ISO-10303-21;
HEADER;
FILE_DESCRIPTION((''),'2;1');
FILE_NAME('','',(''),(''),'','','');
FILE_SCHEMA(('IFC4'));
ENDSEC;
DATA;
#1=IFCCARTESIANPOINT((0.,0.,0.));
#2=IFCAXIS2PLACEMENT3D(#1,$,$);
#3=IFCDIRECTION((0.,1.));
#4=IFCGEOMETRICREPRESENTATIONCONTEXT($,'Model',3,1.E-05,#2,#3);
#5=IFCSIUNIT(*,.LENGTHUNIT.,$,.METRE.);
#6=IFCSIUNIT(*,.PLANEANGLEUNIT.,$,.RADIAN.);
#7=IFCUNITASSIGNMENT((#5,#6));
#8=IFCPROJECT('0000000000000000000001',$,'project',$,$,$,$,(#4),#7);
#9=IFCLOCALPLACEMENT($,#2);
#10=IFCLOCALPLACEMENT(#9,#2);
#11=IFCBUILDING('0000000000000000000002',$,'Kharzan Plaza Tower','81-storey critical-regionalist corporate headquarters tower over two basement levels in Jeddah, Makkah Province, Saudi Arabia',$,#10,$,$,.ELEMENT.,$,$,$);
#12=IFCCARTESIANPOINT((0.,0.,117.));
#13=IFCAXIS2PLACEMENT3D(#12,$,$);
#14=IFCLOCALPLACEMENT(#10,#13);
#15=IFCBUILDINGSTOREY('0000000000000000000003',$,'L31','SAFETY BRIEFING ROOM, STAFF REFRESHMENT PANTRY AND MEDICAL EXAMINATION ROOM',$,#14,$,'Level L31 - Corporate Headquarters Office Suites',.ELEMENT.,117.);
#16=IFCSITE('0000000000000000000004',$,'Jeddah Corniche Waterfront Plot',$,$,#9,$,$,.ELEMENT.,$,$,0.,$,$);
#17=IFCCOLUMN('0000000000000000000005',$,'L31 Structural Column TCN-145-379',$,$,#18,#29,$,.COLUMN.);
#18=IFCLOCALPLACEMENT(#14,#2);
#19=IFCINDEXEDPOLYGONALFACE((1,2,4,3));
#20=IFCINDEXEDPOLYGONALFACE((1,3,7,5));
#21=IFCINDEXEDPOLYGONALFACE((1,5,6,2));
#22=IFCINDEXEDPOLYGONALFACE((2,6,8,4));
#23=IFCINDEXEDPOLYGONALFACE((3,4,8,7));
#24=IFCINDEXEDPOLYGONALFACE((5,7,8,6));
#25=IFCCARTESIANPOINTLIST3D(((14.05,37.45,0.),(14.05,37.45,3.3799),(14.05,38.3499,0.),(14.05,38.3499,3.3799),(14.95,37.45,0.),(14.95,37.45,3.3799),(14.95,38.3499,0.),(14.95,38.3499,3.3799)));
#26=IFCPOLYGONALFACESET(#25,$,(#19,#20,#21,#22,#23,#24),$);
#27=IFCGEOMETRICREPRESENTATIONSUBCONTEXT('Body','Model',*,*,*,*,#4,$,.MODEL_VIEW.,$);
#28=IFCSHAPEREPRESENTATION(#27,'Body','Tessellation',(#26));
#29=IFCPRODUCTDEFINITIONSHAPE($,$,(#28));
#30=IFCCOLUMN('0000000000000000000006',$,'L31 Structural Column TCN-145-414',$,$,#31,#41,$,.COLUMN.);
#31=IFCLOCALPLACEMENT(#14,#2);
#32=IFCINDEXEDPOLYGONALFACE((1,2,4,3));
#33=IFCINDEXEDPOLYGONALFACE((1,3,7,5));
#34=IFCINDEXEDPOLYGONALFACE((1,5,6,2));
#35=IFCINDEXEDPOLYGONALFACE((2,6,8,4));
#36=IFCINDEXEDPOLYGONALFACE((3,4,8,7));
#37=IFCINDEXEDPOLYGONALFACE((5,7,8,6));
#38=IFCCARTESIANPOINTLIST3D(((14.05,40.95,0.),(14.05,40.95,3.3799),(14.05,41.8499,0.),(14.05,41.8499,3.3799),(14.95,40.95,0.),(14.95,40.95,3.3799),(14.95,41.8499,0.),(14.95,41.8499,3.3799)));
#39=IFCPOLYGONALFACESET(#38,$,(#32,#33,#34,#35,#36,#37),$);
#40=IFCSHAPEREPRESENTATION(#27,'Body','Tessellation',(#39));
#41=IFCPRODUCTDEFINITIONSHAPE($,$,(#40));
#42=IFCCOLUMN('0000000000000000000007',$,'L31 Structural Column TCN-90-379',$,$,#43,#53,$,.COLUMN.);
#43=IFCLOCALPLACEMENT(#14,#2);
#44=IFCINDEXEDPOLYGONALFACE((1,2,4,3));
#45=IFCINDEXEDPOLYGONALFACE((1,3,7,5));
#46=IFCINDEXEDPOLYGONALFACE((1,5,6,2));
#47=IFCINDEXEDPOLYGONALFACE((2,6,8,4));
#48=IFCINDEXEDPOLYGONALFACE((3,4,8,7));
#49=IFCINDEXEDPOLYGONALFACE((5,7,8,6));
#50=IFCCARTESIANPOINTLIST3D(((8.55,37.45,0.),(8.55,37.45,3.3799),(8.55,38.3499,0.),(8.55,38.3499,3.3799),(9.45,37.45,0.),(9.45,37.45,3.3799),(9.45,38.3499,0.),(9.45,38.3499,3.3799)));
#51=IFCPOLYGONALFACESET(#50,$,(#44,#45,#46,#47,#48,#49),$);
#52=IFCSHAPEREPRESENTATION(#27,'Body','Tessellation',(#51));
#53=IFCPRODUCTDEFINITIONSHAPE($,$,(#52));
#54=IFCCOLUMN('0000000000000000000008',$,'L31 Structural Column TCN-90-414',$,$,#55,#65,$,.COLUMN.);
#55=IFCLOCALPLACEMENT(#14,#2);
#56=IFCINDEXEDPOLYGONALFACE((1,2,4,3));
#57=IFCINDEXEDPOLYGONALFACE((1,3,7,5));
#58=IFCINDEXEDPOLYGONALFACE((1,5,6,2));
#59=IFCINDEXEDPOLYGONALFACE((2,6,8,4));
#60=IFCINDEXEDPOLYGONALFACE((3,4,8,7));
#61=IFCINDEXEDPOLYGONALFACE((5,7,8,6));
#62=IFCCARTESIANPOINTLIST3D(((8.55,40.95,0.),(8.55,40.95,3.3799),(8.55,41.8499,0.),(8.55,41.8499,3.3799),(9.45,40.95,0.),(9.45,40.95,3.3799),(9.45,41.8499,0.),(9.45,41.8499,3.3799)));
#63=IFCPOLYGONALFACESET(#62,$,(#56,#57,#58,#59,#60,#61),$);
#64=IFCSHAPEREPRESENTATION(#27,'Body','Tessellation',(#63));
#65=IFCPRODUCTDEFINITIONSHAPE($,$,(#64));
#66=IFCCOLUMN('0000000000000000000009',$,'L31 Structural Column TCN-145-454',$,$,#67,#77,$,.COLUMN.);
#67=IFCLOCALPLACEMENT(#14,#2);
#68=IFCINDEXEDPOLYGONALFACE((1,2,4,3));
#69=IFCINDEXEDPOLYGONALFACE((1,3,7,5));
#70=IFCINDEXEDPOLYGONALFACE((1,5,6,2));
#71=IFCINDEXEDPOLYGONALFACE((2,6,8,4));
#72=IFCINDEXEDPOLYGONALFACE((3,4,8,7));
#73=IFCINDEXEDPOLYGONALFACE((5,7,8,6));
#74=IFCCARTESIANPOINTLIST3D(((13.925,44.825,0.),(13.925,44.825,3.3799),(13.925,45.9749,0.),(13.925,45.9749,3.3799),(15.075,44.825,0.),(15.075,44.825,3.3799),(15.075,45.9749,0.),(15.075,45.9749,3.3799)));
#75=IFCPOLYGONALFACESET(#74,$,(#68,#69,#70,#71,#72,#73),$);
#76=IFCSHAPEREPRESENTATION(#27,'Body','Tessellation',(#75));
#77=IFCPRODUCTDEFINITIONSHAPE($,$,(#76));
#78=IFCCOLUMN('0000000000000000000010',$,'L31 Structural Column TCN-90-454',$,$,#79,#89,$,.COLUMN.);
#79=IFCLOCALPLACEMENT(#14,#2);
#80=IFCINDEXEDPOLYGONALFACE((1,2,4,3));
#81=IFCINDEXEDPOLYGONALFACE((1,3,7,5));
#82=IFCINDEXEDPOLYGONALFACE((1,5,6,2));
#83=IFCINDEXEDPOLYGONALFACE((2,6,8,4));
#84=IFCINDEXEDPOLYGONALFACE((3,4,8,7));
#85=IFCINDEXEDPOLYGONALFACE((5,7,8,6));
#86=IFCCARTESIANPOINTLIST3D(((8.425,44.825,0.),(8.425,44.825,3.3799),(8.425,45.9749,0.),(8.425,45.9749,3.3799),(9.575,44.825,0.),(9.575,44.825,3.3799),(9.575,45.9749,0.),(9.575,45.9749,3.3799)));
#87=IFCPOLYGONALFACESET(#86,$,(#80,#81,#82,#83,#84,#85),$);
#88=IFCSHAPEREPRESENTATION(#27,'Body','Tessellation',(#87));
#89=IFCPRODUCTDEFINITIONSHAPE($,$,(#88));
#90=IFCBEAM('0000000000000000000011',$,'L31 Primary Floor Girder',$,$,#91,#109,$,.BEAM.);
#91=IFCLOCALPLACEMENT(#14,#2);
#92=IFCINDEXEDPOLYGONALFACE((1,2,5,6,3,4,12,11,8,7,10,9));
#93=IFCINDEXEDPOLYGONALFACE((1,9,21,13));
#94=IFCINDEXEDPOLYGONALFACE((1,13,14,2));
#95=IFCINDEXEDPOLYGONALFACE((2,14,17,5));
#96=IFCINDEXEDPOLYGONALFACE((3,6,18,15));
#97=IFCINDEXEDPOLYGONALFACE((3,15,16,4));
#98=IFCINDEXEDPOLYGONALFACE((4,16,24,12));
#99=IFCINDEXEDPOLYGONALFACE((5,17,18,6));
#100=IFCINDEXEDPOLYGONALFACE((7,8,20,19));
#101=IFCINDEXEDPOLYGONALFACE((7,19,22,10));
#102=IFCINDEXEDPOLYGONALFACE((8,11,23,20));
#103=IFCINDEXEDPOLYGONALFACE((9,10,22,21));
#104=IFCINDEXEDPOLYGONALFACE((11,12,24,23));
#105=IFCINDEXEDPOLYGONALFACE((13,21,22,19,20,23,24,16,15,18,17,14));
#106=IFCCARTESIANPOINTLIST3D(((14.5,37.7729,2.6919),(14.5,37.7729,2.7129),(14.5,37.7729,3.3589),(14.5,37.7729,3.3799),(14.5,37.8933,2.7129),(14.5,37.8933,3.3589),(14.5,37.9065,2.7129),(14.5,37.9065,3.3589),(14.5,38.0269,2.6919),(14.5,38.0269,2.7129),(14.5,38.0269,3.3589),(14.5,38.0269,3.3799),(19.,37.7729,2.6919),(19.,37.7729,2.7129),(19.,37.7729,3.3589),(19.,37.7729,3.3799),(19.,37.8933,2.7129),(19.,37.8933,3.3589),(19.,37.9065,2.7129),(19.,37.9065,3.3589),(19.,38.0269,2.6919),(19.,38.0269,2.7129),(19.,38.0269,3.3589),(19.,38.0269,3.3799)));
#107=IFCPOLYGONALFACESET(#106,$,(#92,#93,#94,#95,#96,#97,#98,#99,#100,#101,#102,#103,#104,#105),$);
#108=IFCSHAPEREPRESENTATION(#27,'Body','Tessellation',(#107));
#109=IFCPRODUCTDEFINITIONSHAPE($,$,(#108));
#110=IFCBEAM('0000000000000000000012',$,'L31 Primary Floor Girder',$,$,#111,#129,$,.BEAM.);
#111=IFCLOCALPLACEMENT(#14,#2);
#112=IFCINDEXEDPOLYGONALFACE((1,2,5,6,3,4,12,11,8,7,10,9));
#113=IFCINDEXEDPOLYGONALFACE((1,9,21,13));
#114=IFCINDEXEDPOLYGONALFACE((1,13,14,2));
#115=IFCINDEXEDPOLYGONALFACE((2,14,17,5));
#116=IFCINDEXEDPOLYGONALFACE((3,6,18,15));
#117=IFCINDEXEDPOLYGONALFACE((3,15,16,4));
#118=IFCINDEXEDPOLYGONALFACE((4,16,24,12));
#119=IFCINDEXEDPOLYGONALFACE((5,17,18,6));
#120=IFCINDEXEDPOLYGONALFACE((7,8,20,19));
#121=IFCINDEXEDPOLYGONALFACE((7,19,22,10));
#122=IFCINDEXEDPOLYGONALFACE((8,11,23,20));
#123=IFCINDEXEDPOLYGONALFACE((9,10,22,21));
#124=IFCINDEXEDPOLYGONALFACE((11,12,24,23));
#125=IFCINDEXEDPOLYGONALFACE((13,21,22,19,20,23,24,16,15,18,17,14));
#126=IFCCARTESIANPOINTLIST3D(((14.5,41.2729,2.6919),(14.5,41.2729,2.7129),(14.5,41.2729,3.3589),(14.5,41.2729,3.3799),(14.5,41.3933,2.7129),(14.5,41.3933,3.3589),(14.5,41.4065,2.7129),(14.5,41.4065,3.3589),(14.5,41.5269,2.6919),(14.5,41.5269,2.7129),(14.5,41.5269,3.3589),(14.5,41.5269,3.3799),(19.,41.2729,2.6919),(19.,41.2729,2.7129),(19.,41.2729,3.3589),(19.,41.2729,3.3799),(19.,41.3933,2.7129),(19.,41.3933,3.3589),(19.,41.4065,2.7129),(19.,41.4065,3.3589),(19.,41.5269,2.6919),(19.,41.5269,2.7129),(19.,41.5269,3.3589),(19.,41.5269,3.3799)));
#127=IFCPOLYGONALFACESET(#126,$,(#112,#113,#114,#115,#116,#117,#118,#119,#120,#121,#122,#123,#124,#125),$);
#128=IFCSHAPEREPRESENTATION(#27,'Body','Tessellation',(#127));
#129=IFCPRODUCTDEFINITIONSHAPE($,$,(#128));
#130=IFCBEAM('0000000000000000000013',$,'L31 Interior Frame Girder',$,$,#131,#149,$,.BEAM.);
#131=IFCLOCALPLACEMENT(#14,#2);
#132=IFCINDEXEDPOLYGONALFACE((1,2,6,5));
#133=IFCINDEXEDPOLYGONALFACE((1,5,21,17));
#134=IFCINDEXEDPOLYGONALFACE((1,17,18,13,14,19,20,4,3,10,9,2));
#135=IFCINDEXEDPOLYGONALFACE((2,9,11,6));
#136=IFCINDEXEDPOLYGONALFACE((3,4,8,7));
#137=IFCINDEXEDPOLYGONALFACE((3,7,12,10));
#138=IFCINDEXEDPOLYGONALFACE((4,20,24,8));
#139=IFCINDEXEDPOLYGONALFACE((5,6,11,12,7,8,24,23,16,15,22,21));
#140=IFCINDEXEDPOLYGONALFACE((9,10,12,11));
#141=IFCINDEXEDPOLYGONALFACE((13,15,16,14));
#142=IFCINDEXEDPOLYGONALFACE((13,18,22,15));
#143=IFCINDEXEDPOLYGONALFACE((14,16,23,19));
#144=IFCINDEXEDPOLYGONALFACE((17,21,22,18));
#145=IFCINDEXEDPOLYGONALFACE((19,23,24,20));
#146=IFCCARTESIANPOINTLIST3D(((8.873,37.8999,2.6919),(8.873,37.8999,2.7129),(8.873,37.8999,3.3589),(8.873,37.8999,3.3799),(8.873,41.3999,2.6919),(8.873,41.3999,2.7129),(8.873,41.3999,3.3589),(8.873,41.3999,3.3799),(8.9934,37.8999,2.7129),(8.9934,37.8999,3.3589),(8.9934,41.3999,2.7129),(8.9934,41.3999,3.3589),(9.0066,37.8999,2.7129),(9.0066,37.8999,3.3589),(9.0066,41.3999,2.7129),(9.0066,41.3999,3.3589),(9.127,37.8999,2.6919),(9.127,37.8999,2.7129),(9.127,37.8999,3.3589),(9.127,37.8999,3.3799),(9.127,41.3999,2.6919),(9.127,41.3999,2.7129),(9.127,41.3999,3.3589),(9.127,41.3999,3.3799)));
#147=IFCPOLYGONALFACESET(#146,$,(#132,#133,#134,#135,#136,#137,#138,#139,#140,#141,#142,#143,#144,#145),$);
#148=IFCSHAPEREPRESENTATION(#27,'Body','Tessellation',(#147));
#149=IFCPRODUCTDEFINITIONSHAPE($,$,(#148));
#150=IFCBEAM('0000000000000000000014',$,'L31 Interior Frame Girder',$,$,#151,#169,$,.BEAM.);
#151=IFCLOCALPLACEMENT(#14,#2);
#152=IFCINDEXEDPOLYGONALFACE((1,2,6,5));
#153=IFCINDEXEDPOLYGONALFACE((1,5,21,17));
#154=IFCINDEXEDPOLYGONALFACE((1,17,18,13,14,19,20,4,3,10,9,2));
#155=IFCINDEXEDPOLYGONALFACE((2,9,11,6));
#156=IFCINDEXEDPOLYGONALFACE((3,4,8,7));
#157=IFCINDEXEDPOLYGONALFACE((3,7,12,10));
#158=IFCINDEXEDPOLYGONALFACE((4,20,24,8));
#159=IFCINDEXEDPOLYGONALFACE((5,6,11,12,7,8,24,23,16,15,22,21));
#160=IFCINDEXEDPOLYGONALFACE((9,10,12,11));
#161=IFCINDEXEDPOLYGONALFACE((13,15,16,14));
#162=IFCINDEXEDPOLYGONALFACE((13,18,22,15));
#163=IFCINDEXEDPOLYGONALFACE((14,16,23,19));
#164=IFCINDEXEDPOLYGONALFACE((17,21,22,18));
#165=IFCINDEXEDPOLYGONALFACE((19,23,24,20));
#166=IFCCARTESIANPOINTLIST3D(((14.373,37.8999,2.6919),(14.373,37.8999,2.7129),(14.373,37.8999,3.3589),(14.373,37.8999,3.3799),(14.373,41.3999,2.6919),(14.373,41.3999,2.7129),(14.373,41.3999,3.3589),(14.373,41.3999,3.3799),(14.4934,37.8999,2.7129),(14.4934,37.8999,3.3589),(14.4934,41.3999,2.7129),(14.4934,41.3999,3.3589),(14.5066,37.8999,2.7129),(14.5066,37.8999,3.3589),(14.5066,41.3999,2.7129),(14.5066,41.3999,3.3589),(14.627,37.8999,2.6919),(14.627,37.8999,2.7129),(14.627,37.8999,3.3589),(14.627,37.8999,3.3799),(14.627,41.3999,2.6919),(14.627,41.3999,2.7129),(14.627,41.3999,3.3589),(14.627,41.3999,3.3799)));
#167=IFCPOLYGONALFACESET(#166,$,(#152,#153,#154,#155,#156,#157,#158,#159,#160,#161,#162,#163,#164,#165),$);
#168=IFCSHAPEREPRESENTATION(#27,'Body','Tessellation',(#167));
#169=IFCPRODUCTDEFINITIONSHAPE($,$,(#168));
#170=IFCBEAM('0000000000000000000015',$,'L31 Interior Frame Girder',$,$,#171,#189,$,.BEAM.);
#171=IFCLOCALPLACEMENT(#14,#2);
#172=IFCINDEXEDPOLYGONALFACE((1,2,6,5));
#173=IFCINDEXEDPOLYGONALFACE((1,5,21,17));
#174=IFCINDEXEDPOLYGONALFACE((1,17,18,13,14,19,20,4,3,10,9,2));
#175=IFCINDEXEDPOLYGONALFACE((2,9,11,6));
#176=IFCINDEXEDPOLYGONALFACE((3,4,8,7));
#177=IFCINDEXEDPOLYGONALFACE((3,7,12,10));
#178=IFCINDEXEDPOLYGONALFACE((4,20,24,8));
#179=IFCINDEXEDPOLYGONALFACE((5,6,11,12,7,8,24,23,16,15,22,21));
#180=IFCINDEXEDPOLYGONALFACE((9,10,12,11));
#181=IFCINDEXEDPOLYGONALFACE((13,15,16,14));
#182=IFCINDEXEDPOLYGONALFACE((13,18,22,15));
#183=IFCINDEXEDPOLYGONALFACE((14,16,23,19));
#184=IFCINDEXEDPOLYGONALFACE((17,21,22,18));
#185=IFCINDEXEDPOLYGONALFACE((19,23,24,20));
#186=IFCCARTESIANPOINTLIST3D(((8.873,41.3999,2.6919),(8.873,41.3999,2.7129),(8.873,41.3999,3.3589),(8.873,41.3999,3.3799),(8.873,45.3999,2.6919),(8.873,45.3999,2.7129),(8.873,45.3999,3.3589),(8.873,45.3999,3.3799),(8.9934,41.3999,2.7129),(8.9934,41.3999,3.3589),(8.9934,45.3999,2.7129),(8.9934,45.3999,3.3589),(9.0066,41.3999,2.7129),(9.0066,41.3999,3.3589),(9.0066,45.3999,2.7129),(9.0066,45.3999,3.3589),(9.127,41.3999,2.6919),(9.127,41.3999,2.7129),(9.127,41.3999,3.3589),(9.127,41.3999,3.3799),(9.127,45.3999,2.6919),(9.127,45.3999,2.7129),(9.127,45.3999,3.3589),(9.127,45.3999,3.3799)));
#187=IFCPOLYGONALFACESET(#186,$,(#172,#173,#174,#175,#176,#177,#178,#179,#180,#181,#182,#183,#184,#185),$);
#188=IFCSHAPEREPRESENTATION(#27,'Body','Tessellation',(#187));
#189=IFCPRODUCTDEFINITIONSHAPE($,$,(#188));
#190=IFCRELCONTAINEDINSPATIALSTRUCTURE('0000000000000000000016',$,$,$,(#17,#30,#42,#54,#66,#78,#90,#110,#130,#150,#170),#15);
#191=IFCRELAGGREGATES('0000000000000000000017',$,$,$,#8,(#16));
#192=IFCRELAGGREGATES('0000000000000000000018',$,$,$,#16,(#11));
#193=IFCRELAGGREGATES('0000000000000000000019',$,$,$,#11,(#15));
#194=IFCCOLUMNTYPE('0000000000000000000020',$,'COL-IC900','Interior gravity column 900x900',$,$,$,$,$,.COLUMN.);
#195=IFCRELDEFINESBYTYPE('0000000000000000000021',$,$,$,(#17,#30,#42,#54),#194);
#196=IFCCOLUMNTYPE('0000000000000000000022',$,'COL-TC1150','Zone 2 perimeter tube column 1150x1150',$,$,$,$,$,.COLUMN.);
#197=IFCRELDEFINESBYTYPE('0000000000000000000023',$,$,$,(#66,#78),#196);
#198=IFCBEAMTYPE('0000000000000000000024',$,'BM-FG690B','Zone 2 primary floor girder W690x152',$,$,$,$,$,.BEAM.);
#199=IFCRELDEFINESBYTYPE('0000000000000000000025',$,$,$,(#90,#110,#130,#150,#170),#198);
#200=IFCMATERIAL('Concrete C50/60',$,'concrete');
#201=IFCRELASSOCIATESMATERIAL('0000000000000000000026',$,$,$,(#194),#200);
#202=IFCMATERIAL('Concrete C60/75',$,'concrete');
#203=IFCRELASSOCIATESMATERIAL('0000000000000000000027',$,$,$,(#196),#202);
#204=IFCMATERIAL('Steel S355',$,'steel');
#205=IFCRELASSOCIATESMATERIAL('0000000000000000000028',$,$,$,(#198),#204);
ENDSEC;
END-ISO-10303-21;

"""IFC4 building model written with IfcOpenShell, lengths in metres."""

from ifc_helpers import new_model, si_unit, direction, frame, origin, origin_2d, place, context, subcontext, project, spatial, rectangle, i_section, extrude, source, transform, mapped, material, material_profile, profile_set, type_object, element, save


model = new_model("IFC4")

# Units and contexts
model_context = context("Model", 3, precision=1e-05, world=origin(), true_north=direction((0.0, 1.0)))
body_context = subcontext(model_context, "Body", "Model", "MODEL_VIEW")
ifc_project = project(units=[si_unit("LENGTHUNIT", "METRE"), si_unit("PLANEANGLEUNIT", "RADIAN")], contexts=[model_context])

# Site, building, storey
site_placement = place(None, origin())
site = spatial("IfcSite", under=ifc_project, at=site_placement, Name="Jeddah Corniche Waterfront Plot", CompositionType="ELEMENT", RefElevation=0.0)
building_placement = place(site_placement, origin())
building = spatial("IfcBuilding", under=site, at=building_placement, Name="Kharzan Plaza Tower", Description="81-storey critical-regionalist corporate headquarters tower over two basement levels in Jeddah, Makkah Province, Saudi Arabia", CompositionType="ELEMENT")
storey_placement = place(building_placement, frame((0.0, 0.0, 117.0)))
storey = spatial("IfcBuildingStorey", under=building, at=storey_placement, Name="L31", Description="SAFETY BRIEFING ROOM, STAFF REFRESHMENT PANTRY AND MEDICAL EXAMINATION ROOM", LongName="Level L31 - Corporate Headquarters Office Suites", CompositionType="ELEMENT", Elevation=117.0)

# Columns
ifc_material_1 = material(Name="Concrete C50/60", Category="concrete")
ifc_material_profile_1 = material_profile(ifc_material_1, rectangle(XDim=0.8999, YDim=0.8999, at=origin_2d()), Name="RC-IC900x900")
ifc_profile_set_1 = profile_set([ifc_material_profile_1], Name="Concrete C50/60")
column_type_1 = type_object("IfcColumnType", Name="COL-IC900", Description="Interior gravity column 900x900", PredefinedType="COLUMN", material=ifc_profile_set_1)
shared_shape_1 = source(origin(), body_context, "Body", "SweptSolid", [
    extrude(rectangle(XDim=0.8999, YDim=0.8999, at=origin_2d()), origin(), (0.0, 0.0, 1.0), 3.3799),
])
for number, where, z_axis, x_axis, name in (
    (1, (14.5, 37.8999, 0.0), (0.0, 0.0, 1.0), (1.0, 0.0, 0.0), "L31 Structural Column TCN-145-379"),
    (2, (14.5, 41.3999, 0.0), (0.0, 0.0, 1.0), (1.0, 0.0, 0.0), "L31 Structural Column TCN-145-414"),
    (3, (9.0, 37.8999, 0.0), (0.0, 0.0, 1.0), (1.0, 0.0, 0.0), "L31 Structural Column TCN-90-379"),
    (4, (9.0, 41.3999, 0.0), (0.0, 0.0, 1.0), (1.0, 0.0, 0.0), "L31 Structural Column TCN-90-414"),
):
    element("IfcColumn", number, at=place(storey_placement, frame(where, z_axis=z_axis, x_axis=x_axis)), inside=storey, type_object=column_type_1, Name=name, PredefinedType="COLUMN", context=body_context, shape_type="MappedRepresentation", body=[
        mapped(shared_shape_1, transform((0.0, 0.0, 0.0), x_axis=(1.0, 0.0, 0.0), y_axis=(0.0, 1.0, 0.0), z_axis=(0.0, 0.0, 1.0))),
    ])
ifc_material_2 = material(Name="Concrete C60/75", Category="concrete")
ifc_material_profile_2 = material_profile(ifc_material_2, rectangle(XDim=1.1499, YDim=1.1499, at=origin_2d()), Name="RC-TC1150x1150")
ifc_profile_set_2 = profile_set([ifc_material_profile_2], Name="Concrete C60/75")
column_type_2 = type_object("IfcColumnType", Name="COL-TC1150", Description="Zone 2 perimeter tube column 1150x1150", PredefinedType="COLUMN", material=ifc_profile_set_2)
shared_shape_2 = source(origin(), body_context, "Body", "SweptSolid", [
    extrude(rectangle(XDim=1.1499, YDim=1.1499, at=origin_2d()), origin(), (0.0, 0.0, 1.0), 3.3799),
])
for number, where, z_axis, x_axis, name in (
    (5, (14.5, 45.3999, 0.0), (0.0, 0.0, 1.0), (1.0, 0.0, 0.0), "L31 Structural Column TCN-145-454"),
    (6, (9.0, 45.3999, 0.0), (0.0, 0.0, 1.0), (1.0, 0.0, 0.0), "L31 Structural Column TCN-90-454"),
):
    element("IfcColumn", number, at=place(storey_placement, frame(where, z_axis=z_axis, x_axis=x_axis)), inside=storey, type_object=column_type_2, Name=name, PredefinedType="COLUMN", context=body_context, shape_type="MappedRepresentation", body=[
        mapped(shared_shape_2, transform((0.0, 0.0, 0.0), x_axis=(1.0, 0.0, 0.0), y_axis=(0.0, 1.0, 0.0), z_axis=(0.0, 0.0, 1.0))),
    ])

# Beams
ifc_material_3 = material(Name="Steel S355", Category="steel")
ifc_material_profile_3 = material_profile(ifc_material_3, i_section(OverallWidth=0.2539, OverallDepth=0.688, WebThickness=0.0132, FlangeThickness=0.021, at=origin_2d()), Name="W690x152")
ifc_profile_set_3 = profile_set([ifc_material_profile_3], Name="Steel S355")
beam_type_1 = type_object("IfcBeamType", Name="BM-FG690B", Description="Zone 2 primary floor girder W690x152", PredefinedType="BEAM", material=ifc_profile_set_3)
shared_shape_3 = source(origin(), body_context, "Body", "SweptSolid", [
    extrude(i_section(OverallWidth=0.2539, OverallDepth=0.688, WebThickness=0.0132, FlangeThickness=0.021, at=origin_2d()), origin(), (0.0, 0.0, 1.0), 4.5),
])
for number, where, z_axis, x_axis, name in (
    (7, (14.5, 37.8999, 3.0359), (1.0, 0.0, 0.0), (0.0, 1.0, 0.0), "L31 Primary Floor Girder"),
    (8, (14.5, 41.3999, 3.0359), (1.0, 0.0, 0.0), (0.0, 1.0, 0.0), "L31 Primary Floor Girder"),
):
    element("IfcBeam", number, at=place(storey_placement, frame(where, z_axis=z_axis, x_axis=x_axis)), inside=storey, type_object=beam_type_1, Name=name, PredefinedType="BEAM", context=body_context, shape_type="MappedRepresentation", body=[
        mapped(shared_shape_3, transform((0.0, 0.0, 0.0), x_axis=(1.0, 0.0, 0.0), y_axis=(0.0, 1.0, 0.0), z_axis=(0.0, 0.0, 1.0))),
    ])
shared_shape_4 = source(origin(), body_context, "Body", "SweptSolid", [
    extrude(i_section(OverallWidth=0.2539, OverallDepth=0.688, WebThickness=0.0132, FlangeThickness=0.021, at=origin_2d()), origin(), (0.0, 0.0, 1.0), 3.5),
])
for number, where, z_axis, x_axis, name in (
    (9, (9.0, 37.8999, 3.0359), (0.0, 1.0, 0.0), (-1.0, 0.0, 0.0), "L31 Interior Frame Girder"),
    (10, (14.5, 37.8999, 3.0359), (0.0, 1.0, 0.0), (-1.0, 0.0, 0.0), "L31 Interior Frame Girder"),
):
    element("IfcBeam", number, at=place(storey_placement, frame(where, z_axis=z_axis, x_axis=x_axis)), inside=storey, type_object=beam_type_1, Name=name, PredefinedType="BEAM", context=body_context, shape_type="MappedRepresentation", body=[
        mapped(shared_shape_4, transform((0.0, 0.0, 0.0), x_axis=(1.0, 0.0, 0.0), y_axis=(0.0, 1.0, 0.0), z_axis=(0.0, 0.0, 1.0))),
    ])
shared_shape_5 = source(origin(), body_context, "Body", "SweptSolid", [
    extrude(i_section(OverallWidth=0.2539, OverallDepth=0.688, WebThickness=0.0132, FlangeThickness=0.021, at=origin_2d()), origin(), (0.0, 0.0, 1.0), 4.0),
])
for number, where, z_axis, x_axis, name in (
    (11, (9.0, 41.3999, 3.0359), (0.0, 1.0, 0.0), (-1.0, 0.0, 0.0), "L31 Interior Frame Girder"),
):
    element("IfcBeam", number, at=place(storey_placement, frame(where, z_axis=z_axis, x_axis=x_axis)), inside=storey, type_object=beam_type_1, Name=name, PredefinedType="BEAM", context=body_context, shape_type="MappedRepresentation", body=[
        mapped(shared_shape_5, transform((0.0, 0.0, 0.0), x_axis=(1.0, 0.0, 0.0), y_axis=(0.0, 1.0, 0.0), z_axis=(0.0, 0.0, 1.0))),
    ])

save(model, "model.ifc")
